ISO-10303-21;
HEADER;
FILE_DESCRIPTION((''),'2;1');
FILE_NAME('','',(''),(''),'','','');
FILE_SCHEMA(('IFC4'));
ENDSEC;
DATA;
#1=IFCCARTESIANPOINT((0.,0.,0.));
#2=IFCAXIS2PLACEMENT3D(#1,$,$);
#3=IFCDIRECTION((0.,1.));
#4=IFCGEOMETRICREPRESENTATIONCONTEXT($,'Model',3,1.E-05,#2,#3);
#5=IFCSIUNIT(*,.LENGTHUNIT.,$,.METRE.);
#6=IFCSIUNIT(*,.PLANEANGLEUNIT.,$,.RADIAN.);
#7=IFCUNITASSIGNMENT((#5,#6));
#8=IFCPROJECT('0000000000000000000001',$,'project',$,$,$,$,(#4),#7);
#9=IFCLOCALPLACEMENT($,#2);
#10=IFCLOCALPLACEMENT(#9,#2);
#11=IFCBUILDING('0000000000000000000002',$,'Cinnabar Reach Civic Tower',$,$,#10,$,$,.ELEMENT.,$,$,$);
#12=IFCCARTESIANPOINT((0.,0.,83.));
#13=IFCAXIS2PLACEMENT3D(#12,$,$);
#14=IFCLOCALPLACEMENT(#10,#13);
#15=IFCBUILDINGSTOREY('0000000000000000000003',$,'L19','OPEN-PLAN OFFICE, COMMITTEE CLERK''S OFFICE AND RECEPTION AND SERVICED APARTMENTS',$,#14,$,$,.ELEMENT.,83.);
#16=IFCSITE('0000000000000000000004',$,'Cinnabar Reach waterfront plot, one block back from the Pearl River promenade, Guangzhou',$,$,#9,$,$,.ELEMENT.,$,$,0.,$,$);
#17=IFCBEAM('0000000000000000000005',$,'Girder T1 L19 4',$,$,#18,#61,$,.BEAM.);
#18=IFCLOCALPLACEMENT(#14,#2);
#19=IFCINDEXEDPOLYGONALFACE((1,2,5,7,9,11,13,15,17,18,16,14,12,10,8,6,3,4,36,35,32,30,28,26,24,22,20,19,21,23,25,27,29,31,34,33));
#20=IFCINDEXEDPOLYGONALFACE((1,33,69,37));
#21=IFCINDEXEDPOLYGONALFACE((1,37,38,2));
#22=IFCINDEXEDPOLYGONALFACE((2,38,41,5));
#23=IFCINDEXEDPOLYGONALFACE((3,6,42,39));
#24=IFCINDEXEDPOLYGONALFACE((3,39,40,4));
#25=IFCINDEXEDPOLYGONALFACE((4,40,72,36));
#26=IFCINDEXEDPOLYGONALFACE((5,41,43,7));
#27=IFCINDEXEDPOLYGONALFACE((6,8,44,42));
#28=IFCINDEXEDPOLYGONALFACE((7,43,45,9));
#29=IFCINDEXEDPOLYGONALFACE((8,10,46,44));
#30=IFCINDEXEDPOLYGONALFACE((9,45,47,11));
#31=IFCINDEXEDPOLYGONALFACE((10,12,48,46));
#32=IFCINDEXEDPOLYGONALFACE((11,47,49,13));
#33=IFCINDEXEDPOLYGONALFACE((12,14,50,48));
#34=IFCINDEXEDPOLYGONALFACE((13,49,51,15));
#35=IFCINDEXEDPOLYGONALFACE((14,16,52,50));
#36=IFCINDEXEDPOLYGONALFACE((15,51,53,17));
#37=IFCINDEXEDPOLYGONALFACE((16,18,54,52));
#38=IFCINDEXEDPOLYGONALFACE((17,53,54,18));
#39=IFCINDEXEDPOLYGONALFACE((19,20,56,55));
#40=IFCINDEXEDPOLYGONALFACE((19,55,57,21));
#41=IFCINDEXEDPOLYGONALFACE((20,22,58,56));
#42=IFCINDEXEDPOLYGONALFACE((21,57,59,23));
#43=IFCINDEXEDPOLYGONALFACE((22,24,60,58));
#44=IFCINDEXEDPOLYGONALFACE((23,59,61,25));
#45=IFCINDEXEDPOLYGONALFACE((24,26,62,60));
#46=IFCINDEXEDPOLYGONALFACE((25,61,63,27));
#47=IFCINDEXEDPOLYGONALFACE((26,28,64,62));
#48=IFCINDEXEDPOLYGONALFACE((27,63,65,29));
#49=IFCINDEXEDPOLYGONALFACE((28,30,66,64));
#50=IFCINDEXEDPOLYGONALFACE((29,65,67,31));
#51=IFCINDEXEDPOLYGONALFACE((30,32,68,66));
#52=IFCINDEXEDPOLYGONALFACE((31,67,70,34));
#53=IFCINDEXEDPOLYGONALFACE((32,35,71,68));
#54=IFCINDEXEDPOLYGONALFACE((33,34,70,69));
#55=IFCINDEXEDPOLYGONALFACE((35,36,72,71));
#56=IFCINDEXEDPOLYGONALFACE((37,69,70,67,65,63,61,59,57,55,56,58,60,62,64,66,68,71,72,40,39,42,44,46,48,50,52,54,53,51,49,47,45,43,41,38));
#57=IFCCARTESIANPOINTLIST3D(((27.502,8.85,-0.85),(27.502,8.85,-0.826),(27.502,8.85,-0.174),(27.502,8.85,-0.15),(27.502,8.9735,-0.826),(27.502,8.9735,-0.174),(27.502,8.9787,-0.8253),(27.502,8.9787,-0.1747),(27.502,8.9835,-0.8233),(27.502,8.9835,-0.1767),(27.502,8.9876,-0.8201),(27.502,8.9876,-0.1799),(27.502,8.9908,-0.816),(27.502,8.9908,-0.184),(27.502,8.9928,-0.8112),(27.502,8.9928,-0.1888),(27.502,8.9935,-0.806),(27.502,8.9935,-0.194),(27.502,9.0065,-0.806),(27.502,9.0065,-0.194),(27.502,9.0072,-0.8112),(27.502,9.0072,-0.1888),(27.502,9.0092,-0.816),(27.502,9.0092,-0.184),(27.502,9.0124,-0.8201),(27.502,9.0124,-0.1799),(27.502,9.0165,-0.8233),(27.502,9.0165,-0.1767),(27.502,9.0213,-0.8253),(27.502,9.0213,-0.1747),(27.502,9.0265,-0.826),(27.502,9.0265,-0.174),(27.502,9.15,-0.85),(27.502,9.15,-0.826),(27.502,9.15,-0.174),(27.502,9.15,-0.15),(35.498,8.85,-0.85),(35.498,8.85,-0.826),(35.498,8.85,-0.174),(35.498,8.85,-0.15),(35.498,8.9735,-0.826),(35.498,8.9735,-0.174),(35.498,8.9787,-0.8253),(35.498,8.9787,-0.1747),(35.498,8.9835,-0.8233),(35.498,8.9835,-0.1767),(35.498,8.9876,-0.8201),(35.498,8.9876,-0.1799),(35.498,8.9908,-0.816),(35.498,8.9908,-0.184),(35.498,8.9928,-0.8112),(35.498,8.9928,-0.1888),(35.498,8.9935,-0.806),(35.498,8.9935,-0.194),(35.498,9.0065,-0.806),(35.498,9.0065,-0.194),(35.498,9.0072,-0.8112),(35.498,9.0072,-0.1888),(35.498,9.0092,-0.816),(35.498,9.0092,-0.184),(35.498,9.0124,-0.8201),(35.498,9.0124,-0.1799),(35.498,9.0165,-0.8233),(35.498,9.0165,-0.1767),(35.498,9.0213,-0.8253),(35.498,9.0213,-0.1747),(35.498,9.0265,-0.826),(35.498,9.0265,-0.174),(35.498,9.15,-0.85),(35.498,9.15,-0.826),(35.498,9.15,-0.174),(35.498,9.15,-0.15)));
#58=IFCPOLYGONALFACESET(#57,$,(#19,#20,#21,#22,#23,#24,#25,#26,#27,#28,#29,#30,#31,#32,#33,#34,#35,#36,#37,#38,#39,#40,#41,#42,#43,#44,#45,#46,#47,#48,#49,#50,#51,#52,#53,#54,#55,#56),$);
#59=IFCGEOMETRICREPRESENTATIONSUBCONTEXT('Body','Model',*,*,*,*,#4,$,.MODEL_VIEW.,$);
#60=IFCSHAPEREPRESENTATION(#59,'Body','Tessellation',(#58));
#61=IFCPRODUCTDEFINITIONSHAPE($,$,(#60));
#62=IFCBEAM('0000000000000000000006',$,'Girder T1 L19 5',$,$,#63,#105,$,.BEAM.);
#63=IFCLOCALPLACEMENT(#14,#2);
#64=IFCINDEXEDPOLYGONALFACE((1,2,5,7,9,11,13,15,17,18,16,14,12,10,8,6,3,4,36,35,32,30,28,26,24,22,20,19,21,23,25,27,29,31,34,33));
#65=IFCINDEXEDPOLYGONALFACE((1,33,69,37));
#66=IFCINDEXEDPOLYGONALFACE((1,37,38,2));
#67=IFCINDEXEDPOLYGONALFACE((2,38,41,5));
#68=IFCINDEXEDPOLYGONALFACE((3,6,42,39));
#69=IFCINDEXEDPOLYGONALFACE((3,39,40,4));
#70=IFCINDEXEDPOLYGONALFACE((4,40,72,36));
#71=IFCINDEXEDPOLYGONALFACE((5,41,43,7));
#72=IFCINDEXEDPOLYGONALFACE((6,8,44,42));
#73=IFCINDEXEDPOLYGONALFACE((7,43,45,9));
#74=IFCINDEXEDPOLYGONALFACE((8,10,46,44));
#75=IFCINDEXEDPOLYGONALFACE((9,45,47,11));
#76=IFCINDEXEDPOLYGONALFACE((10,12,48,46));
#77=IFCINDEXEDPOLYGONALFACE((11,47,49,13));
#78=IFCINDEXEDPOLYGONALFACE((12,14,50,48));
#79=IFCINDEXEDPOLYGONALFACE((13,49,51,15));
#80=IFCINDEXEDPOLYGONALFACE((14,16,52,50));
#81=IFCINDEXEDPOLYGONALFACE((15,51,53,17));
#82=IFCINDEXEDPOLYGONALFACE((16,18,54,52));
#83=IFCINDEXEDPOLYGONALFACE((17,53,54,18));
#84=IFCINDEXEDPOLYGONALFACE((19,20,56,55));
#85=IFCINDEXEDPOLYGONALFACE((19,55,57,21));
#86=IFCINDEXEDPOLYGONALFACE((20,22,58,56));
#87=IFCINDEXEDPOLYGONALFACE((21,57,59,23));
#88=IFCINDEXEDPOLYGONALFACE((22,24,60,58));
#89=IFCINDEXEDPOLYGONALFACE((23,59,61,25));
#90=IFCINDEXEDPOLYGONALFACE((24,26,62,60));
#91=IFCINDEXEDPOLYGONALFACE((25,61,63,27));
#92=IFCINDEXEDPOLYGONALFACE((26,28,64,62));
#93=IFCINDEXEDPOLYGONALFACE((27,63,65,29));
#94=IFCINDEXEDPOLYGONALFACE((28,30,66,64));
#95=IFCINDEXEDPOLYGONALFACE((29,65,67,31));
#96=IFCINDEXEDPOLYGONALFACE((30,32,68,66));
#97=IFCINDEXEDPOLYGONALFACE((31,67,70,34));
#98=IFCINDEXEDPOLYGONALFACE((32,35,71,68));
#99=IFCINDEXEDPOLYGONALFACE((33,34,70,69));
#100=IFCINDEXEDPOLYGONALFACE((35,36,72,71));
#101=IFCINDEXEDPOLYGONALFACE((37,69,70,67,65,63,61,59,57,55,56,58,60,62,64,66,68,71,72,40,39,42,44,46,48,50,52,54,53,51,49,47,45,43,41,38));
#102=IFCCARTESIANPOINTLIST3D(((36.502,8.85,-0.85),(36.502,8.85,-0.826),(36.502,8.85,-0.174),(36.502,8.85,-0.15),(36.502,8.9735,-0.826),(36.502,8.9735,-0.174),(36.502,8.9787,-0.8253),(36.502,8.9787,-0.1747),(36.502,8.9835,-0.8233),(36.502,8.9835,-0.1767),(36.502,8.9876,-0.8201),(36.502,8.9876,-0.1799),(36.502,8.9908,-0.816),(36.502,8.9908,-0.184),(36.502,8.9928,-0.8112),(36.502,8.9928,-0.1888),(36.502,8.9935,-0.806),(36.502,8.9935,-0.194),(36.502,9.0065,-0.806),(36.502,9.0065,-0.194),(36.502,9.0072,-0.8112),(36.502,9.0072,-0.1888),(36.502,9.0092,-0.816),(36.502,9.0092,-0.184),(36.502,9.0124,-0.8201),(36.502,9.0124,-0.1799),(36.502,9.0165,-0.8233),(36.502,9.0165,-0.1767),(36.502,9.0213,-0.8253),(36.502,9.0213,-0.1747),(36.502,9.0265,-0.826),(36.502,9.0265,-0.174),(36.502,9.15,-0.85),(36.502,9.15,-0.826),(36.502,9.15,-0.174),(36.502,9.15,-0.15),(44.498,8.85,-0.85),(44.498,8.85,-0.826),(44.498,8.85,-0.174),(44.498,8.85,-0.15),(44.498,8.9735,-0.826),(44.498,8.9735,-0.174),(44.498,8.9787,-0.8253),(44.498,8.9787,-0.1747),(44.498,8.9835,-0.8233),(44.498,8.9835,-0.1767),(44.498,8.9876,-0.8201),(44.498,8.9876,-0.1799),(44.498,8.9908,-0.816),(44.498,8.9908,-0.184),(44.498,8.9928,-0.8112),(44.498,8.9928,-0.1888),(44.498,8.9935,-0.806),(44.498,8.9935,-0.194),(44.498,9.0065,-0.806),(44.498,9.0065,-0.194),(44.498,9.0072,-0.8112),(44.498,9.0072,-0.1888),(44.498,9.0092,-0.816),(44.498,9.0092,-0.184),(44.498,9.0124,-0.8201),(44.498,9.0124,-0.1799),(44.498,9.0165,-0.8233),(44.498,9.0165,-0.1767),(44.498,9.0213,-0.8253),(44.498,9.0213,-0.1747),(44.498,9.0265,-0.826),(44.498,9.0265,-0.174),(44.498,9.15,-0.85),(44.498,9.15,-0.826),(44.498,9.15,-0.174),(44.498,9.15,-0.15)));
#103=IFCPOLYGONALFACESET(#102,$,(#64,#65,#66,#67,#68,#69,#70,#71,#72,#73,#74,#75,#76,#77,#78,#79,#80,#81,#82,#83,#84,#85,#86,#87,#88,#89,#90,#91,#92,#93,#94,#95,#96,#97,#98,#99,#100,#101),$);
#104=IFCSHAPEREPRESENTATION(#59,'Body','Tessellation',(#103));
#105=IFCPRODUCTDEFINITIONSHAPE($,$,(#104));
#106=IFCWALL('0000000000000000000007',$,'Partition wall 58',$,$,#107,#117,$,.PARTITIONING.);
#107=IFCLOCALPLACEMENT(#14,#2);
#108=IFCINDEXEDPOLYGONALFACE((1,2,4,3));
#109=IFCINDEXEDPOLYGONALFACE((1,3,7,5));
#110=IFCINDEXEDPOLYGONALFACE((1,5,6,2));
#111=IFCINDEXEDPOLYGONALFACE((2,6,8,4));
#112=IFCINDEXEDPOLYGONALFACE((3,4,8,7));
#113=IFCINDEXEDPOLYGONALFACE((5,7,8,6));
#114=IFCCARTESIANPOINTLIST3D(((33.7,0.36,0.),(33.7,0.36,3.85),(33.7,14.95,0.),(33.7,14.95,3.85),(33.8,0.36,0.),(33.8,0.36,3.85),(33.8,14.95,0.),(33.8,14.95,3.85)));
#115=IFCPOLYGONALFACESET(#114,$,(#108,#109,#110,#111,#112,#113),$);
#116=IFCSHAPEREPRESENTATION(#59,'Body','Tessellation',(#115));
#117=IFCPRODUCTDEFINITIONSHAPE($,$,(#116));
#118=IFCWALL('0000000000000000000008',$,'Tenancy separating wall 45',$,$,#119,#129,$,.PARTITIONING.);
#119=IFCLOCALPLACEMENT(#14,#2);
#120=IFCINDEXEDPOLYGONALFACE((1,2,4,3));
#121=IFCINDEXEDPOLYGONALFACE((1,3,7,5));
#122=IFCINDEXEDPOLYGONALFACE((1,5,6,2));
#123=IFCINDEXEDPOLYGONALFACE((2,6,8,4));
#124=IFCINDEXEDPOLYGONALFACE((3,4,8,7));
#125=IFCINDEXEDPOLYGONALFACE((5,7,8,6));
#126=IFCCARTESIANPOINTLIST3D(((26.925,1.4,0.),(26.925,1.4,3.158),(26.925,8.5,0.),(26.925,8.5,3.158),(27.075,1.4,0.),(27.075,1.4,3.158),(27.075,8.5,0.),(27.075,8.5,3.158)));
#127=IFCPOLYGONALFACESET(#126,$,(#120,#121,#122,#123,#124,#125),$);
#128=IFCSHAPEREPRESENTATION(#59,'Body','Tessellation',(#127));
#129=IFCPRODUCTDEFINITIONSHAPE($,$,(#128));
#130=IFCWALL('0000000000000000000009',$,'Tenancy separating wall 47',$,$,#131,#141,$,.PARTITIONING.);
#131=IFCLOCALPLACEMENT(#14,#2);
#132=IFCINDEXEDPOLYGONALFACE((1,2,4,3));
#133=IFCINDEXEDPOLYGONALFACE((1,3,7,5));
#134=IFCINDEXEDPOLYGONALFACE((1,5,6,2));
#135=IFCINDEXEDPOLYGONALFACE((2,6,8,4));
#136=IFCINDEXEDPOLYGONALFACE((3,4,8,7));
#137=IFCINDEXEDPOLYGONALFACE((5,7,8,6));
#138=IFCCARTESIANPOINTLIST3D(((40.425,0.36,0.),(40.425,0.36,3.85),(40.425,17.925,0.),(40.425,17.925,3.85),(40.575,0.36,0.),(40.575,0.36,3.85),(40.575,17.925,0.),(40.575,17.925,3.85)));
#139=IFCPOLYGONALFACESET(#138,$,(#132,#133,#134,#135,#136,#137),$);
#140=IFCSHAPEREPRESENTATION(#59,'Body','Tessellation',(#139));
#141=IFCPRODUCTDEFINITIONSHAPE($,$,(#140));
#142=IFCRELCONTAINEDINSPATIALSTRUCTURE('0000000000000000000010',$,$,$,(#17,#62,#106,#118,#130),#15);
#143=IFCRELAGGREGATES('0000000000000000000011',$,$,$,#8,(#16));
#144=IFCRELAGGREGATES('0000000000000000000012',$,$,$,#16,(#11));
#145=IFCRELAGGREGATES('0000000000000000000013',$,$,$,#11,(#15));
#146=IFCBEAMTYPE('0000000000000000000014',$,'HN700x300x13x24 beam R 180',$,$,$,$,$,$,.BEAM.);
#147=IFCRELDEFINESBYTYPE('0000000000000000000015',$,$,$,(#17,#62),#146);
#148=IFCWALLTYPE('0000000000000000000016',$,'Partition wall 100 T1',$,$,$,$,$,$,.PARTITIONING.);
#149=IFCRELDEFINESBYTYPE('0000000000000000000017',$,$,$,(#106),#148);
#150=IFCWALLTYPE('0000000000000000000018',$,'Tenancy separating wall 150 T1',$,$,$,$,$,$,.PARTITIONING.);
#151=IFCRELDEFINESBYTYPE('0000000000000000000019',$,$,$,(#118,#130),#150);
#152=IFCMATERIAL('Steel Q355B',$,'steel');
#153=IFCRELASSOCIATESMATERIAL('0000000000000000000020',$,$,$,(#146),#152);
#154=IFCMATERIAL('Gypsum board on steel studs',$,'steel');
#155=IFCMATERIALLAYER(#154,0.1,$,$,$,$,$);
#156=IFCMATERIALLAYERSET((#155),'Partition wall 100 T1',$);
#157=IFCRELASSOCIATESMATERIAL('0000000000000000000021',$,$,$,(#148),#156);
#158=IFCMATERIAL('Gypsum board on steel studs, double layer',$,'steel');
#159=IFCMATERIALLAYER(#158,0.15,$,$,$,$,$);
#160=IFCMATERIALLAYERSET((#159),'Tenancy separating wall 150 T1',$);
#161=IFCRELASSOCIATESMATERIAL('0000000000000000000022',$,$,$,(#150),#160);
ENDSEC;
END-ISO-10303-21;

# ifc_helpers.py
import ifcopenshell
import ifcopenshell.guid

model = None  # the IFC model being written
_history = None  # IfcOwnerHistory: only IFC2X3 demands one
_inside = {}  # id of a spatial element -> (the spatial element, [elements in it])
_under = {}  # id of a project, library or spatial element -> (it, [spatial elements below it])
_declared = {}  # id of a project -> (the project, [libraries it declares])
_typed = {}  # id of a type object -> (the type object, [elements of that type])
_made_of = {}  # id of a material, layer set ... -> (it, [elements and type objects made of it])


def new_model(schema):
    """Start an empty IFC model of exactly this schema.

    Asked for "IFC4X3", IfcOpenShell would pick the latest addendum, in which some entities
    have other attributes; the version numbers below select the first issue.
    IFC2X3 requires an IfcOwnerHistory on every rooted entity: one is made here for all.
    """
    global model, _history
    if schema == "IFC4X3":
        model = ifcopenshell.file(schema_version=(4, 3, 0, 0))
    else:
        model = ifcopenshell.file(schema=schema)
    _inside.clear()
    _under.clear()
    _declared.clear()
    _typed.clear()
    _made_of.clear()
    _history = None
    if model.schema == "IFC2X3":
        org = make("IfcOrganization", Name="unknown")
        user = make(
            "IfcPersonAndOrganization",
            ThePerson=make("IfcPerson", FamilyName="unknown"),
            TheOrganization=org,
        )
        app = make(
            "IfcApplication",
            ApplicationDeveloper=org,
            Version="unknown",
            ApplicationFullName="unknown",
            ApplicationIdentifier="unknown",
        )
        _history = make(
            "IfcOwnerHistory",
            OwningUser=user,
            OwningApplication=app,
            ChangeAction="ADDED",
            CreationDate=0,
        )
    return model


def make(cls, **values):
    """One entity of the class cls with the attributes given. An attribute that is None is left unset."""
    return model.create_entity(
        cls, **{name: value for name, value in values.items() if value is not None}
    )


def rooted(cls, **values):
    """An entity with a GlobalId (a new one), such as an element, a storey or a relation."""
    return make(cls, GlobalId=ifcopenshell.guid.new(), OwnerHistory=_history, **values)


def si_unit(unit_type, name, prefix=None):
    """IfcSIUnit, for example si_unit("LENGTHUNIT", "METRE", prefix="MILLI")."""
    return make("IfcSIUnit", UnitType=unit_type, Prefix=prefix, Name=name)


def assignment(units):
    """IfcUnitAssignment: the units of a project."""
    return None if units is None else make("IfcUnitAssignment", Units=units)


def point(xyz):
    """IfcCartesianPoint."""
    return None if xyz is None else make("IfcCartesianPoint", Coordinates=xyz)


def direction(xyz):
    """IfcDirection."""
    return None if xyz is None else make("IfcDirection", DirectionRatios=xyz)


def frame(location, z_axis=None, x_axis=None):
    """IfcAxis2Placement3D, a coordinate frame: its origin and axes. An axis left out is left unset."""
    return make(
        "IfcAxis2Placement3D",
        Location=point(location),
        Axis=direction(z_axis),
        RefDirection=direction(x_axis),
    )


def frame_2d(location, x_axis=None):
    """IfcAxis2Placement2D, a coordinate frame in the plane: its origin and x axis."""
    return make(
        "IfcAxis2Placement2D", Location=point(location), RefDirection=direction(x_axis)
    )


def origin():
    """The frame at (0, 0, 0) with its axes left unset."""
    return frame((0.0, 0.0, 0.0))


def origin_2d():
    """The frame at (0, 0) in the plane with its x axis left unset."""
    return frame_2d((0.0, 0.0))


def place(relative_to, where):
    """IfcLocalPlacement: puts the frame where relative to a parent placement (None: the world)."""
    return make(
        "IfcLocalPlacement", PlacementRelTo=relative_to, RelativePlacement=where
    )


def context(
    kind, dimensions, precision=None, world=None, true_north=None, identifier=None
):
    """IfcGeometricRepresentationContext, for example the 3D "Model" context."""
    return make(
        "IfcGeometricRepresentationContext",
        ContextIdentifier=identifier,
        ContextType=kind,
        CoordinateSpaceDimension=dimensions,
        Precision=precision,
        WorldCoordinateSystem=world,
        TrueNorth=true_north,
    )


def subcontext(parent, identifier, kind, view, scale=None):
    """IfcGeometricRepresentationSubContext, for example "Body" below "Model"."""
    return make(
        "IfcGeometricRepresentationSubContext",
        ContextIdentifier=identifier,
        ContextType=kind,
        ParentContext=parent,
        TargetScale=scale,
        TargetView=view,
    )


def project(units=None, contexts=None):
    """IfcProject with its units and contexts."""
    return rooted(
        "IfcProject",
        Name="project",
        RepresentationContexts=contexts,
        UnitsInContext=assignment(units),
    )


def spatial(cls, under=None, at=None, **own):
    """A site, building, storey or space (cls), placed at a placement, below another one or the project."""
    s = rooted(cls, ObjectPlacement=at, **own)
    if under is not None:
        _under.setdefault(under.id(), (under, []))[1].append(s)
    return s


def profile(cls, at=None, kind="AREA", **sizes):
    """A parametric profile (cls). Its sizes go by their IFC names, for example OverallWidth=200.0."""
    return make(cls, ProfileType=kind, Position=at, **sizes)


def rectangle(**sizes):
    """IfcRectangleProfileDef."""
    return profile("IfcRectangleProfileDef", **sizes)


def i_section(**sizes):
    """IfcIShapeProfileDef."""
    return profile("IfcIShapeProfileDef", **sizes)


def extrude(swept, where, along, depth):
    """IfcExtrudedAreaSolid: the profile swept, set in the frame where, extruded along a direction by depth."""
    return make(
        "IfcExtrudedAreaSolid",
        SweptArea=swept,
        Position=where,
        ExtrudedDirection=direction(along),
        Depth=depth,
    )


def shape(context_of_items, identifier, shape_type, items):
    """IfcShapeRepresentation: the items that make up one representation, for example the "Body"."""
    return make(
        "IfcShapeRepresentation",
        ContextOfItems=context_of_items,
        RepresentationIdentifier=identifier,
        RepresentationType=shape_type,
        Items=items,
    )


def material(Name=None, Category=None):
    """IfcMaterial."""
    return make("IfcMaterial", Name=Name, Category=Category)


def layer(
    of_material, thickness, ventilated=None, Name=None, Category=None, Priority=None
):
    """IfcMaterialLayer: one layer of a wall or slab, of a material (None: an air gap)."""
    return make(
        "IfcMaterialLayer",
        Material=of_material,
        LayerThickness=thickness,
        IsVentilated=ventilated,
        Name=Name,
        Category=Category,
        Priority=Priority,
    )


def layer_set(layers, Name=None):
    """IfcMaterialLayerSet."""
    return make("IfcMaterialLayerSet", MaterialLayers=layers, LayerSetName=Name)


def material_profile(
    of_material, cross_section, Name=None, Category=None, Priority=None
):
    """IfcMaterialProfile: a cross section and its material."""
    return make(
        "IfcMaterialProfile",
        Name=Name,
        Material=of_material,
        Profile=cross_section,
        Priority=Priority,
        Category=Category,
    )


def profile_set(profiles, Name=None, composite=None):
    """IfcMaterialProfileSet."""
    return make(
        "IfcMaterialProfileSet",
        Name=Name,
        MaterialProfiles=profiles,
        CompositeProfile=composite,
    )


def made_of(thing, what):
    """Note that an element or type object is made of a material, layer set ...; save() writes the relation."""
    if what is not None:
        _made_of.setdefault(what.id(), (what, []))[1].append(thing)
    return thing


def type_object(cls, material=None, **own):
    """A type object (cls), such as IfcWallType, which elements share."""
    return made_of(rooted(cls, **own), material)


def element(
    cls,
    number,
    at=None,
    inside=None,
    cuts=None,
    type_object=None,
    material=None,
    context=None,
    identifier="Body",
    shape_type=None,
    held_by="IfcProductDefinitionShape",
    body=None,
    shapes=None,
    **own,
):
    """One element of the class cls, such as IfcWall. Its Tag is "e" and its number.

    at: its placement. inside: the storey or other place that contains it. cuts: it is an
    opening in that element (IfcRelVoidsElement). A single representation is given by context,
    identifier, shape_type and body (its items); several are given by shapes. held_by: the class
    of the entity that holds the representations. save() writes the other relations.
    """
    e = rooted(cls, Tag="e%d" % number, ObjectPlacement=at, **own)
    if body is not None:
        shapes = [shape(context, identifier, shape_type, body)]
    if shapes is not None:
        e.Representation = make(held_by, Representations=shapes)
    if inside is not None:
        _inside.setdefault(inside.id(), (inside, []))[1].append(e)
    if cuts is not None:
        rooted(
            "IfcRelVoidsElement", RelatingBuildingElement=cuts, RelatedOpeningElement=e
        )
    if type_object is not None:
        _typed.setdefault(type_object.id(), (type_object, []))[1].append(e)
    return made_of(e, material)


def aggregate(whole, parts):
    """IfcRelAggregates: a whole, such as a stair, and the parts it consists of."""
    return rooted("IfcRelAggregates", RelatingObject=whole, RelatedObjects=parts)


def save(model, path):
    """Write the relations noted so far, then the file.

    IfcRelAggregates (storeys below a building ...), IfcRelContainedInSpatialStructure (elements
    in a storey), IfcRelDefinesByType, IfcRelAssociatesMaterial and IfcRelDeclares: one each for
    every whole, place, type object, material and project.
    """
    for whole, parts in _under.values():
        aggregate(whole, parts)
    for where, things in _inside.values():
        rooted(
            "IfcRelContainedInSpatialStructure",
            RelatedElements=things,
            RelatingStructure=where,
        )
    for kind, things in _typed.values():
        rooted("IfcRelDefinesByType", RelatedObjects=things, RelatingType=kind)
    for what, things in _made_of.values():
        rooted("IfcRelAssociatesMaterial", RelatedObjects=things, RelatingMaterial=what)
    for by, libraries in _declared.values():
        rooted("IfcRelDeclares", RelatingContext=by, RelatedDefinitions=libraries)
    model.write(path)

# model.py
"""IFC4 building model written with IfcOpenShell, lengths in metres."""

from ifc_helpers import new_model, si_unit, direction, frame, frame_2d, origin, origin_2d, place, context, subcontext, project, spatial, rectangle, i_section, extrude, material, layer, layer_set, material_profile, profile_set, type_object, element, save


model = new_model("IFC4")

# Units and contexts
model_context = context("Model", 3, precision=1e-05, world=origin(), true_north=direction((0.0, 1.0)))
body_context = subcontext(model_context, "Body", "Model", "MODEL_VIEW")
ifc_project = project(units=[si_unit("LENGTHUNIT", "METRE"), si_unit("PLANEANGLEUNIT", "RADIAN")], contexts=[model_context])

# Site, building, storey
site_placement = place(None, origin())
site = spatial("IfcSite", under=ifc_project, at=site_placement, Name="Cinnabar Reach waterfront plot, one block back from the Pearl River promenade, Guangzhou", CompositionType="ELEMENT", RefElevation=0.0)
building_placement = place(site_placement, origin())
building = spatial("IfcBuilding", under=site, at=building_placement, Name="Cinnabar Reach Civic Tower", CompositionType="ELEMENT")
storey_placement = place(building_placement, frame((0.0, 0.0, 83.0)))
storey = spatial("IfcBuildingStorey", under=building, at=storey_placement, Name="L19", Description="OPEN-PLAN OFFICE, COMMITTEE CLERK'S OFFICE AND RECEPTION AND SERVICED APARTMENTS", CompositionType="ELEMENT", Elevation=83.0)

# Beams
ifc_material_1 = material(Name="Steel Q355B", Category="steel")
ifc_material_profile_1 = material_profile(ifc_material_1, i_section(OverallWidth=0.3, OverallDepth=0.7, WebThickness=0.013, FlangeThickness=0.024, FilletRadius=0.02, at=origin_2d()), Name="HN700x300x13x24")
ifc_profile_set_1 = profile_set([ifc_material_profile_1], Name="Steel Q355B")
beam_type_1 = type_object("IfcBeamType", Name="HN700x300x13x24 beam R 180", PredefinedType="BEAM", material=ifc_profile_set_1)
for number, where, z_axis, x_axis, name in (
    (1, (27.502, 9.0, -0.5), (1.0, 0.0, 0.0), (0.0, 1.0, 0.0), "Girder T1 L19 4"),
    (2, (36.502, 9.0, -0.5), (1.0, 0.0, 0.0), (0.0, 1.0, 0.0), "Girder T1 L19 5"),
):
    element("IfcBeam", number, at=place(storey_placement, frame(where, z_axis=z_axis, x_axis=x_axis)), inside=storey, type_object=beam_type_1, Name=name, PredefinedType="BEAM", context=body_context, shape_type="SweptSolid", body=[
        extrude(i_section(OverallWidth=0.3, OverallDepth=0.7, WebThickness=0.013, FlangeThickness=0.024, FilletRadius=0.02, at=origin_2d()), origin(), (0.0, 0.0, 1.0), 7.996),
    ])

# Walls
ifc_material_2 = material(Name="Gypsum board on steel studs", Category="steel")
ifc_layer_1 = layer(ifc_material_2, 0.1)
ifc_layer_set_1 = layer_set([ifc_layer_1], Name="Partition wall 100 T1")
wall_type_1 = type_object("IfcWallType", Name="Partition wall 100 T1", PredefinedType="PARTITIONING", material=ifc_layer_set_1)
wall_1_placement = place(storey_placement, frame((33.75, 0.36, 0.0), z_axis=(0.0, 0.0, 1.0), x_axis=(0.0, 1.0, 0.0)))
element("IfcWall", 3, at=wall_1_placement, inside=storey, type_object=wall_type_1, Name="Partition wall 58", PredefinedType="PARTITIONING", context=body_context, shape_type="SweptSolid", body=[
    extrude(rectangle(XDim=14.59, YDim=0.1, at=frame_2d((7.295, 0.0))), origin(), (0.0, 0.0, 1.0), 3.85),
])
ifc_material_3 = material(Name="Gypsum board on steel studs, double layer", Category="steel")
ifc_layer_2 = layer(ifc_material_3, 0.15)
ifc_layer_set_2 = layer_set([ifc_layer_2], Name="Tenancy separating wall 150 T1")
wall_type_2 = type_object("IfcWallType", Name="Tenancy separating wall 150 T1", PredefinedType="PARTITIONING", material=ifc_layer_set_2)
wall_2_placement = place(storey_placement, frame((27.0, 1.4, 0.0), z_axis=(0.0, 0.0, 1.0), x_axis=(0.0, 1.0, 0.0)))
element("IfcWall", 4, at=wall_2_placement, inside=storey, type_object=wall_type_2, Name="Tenancy separating wall 45", PredefinedType="PARTITIONING", context=body_context, shape_type="SweptSolid", body=[
    extrude(rectangle(XDim=7.1, YDim=0.15, at=frame_2d((3.55, 0.0))), origin(), (0.0, 0.0, 1.0), 3.158),
])
wall_3_placement = place(storey_placement, frame((40.5, 0.36, 0.0), z_axis=(0.0, 0.0, 1.0), x_axis=(0.0, 1.0, 0.0)))
element("IfcWall", 5, at=wall_3_placement, inside=storey, type_object=wall_type_2, Name="Tenancy separating wall 47", PredefinedType="PARTITIONING", context=body_context, shape_type="SweptSolid", body=[
    extrude(rectangle(XDim=17.565, YDim=0.15, at=frame_2d((8.7825, 0.0))), origin(), (0.0, 0.0, 1.0), 3.85),
])

save(model, "model.ifc")
